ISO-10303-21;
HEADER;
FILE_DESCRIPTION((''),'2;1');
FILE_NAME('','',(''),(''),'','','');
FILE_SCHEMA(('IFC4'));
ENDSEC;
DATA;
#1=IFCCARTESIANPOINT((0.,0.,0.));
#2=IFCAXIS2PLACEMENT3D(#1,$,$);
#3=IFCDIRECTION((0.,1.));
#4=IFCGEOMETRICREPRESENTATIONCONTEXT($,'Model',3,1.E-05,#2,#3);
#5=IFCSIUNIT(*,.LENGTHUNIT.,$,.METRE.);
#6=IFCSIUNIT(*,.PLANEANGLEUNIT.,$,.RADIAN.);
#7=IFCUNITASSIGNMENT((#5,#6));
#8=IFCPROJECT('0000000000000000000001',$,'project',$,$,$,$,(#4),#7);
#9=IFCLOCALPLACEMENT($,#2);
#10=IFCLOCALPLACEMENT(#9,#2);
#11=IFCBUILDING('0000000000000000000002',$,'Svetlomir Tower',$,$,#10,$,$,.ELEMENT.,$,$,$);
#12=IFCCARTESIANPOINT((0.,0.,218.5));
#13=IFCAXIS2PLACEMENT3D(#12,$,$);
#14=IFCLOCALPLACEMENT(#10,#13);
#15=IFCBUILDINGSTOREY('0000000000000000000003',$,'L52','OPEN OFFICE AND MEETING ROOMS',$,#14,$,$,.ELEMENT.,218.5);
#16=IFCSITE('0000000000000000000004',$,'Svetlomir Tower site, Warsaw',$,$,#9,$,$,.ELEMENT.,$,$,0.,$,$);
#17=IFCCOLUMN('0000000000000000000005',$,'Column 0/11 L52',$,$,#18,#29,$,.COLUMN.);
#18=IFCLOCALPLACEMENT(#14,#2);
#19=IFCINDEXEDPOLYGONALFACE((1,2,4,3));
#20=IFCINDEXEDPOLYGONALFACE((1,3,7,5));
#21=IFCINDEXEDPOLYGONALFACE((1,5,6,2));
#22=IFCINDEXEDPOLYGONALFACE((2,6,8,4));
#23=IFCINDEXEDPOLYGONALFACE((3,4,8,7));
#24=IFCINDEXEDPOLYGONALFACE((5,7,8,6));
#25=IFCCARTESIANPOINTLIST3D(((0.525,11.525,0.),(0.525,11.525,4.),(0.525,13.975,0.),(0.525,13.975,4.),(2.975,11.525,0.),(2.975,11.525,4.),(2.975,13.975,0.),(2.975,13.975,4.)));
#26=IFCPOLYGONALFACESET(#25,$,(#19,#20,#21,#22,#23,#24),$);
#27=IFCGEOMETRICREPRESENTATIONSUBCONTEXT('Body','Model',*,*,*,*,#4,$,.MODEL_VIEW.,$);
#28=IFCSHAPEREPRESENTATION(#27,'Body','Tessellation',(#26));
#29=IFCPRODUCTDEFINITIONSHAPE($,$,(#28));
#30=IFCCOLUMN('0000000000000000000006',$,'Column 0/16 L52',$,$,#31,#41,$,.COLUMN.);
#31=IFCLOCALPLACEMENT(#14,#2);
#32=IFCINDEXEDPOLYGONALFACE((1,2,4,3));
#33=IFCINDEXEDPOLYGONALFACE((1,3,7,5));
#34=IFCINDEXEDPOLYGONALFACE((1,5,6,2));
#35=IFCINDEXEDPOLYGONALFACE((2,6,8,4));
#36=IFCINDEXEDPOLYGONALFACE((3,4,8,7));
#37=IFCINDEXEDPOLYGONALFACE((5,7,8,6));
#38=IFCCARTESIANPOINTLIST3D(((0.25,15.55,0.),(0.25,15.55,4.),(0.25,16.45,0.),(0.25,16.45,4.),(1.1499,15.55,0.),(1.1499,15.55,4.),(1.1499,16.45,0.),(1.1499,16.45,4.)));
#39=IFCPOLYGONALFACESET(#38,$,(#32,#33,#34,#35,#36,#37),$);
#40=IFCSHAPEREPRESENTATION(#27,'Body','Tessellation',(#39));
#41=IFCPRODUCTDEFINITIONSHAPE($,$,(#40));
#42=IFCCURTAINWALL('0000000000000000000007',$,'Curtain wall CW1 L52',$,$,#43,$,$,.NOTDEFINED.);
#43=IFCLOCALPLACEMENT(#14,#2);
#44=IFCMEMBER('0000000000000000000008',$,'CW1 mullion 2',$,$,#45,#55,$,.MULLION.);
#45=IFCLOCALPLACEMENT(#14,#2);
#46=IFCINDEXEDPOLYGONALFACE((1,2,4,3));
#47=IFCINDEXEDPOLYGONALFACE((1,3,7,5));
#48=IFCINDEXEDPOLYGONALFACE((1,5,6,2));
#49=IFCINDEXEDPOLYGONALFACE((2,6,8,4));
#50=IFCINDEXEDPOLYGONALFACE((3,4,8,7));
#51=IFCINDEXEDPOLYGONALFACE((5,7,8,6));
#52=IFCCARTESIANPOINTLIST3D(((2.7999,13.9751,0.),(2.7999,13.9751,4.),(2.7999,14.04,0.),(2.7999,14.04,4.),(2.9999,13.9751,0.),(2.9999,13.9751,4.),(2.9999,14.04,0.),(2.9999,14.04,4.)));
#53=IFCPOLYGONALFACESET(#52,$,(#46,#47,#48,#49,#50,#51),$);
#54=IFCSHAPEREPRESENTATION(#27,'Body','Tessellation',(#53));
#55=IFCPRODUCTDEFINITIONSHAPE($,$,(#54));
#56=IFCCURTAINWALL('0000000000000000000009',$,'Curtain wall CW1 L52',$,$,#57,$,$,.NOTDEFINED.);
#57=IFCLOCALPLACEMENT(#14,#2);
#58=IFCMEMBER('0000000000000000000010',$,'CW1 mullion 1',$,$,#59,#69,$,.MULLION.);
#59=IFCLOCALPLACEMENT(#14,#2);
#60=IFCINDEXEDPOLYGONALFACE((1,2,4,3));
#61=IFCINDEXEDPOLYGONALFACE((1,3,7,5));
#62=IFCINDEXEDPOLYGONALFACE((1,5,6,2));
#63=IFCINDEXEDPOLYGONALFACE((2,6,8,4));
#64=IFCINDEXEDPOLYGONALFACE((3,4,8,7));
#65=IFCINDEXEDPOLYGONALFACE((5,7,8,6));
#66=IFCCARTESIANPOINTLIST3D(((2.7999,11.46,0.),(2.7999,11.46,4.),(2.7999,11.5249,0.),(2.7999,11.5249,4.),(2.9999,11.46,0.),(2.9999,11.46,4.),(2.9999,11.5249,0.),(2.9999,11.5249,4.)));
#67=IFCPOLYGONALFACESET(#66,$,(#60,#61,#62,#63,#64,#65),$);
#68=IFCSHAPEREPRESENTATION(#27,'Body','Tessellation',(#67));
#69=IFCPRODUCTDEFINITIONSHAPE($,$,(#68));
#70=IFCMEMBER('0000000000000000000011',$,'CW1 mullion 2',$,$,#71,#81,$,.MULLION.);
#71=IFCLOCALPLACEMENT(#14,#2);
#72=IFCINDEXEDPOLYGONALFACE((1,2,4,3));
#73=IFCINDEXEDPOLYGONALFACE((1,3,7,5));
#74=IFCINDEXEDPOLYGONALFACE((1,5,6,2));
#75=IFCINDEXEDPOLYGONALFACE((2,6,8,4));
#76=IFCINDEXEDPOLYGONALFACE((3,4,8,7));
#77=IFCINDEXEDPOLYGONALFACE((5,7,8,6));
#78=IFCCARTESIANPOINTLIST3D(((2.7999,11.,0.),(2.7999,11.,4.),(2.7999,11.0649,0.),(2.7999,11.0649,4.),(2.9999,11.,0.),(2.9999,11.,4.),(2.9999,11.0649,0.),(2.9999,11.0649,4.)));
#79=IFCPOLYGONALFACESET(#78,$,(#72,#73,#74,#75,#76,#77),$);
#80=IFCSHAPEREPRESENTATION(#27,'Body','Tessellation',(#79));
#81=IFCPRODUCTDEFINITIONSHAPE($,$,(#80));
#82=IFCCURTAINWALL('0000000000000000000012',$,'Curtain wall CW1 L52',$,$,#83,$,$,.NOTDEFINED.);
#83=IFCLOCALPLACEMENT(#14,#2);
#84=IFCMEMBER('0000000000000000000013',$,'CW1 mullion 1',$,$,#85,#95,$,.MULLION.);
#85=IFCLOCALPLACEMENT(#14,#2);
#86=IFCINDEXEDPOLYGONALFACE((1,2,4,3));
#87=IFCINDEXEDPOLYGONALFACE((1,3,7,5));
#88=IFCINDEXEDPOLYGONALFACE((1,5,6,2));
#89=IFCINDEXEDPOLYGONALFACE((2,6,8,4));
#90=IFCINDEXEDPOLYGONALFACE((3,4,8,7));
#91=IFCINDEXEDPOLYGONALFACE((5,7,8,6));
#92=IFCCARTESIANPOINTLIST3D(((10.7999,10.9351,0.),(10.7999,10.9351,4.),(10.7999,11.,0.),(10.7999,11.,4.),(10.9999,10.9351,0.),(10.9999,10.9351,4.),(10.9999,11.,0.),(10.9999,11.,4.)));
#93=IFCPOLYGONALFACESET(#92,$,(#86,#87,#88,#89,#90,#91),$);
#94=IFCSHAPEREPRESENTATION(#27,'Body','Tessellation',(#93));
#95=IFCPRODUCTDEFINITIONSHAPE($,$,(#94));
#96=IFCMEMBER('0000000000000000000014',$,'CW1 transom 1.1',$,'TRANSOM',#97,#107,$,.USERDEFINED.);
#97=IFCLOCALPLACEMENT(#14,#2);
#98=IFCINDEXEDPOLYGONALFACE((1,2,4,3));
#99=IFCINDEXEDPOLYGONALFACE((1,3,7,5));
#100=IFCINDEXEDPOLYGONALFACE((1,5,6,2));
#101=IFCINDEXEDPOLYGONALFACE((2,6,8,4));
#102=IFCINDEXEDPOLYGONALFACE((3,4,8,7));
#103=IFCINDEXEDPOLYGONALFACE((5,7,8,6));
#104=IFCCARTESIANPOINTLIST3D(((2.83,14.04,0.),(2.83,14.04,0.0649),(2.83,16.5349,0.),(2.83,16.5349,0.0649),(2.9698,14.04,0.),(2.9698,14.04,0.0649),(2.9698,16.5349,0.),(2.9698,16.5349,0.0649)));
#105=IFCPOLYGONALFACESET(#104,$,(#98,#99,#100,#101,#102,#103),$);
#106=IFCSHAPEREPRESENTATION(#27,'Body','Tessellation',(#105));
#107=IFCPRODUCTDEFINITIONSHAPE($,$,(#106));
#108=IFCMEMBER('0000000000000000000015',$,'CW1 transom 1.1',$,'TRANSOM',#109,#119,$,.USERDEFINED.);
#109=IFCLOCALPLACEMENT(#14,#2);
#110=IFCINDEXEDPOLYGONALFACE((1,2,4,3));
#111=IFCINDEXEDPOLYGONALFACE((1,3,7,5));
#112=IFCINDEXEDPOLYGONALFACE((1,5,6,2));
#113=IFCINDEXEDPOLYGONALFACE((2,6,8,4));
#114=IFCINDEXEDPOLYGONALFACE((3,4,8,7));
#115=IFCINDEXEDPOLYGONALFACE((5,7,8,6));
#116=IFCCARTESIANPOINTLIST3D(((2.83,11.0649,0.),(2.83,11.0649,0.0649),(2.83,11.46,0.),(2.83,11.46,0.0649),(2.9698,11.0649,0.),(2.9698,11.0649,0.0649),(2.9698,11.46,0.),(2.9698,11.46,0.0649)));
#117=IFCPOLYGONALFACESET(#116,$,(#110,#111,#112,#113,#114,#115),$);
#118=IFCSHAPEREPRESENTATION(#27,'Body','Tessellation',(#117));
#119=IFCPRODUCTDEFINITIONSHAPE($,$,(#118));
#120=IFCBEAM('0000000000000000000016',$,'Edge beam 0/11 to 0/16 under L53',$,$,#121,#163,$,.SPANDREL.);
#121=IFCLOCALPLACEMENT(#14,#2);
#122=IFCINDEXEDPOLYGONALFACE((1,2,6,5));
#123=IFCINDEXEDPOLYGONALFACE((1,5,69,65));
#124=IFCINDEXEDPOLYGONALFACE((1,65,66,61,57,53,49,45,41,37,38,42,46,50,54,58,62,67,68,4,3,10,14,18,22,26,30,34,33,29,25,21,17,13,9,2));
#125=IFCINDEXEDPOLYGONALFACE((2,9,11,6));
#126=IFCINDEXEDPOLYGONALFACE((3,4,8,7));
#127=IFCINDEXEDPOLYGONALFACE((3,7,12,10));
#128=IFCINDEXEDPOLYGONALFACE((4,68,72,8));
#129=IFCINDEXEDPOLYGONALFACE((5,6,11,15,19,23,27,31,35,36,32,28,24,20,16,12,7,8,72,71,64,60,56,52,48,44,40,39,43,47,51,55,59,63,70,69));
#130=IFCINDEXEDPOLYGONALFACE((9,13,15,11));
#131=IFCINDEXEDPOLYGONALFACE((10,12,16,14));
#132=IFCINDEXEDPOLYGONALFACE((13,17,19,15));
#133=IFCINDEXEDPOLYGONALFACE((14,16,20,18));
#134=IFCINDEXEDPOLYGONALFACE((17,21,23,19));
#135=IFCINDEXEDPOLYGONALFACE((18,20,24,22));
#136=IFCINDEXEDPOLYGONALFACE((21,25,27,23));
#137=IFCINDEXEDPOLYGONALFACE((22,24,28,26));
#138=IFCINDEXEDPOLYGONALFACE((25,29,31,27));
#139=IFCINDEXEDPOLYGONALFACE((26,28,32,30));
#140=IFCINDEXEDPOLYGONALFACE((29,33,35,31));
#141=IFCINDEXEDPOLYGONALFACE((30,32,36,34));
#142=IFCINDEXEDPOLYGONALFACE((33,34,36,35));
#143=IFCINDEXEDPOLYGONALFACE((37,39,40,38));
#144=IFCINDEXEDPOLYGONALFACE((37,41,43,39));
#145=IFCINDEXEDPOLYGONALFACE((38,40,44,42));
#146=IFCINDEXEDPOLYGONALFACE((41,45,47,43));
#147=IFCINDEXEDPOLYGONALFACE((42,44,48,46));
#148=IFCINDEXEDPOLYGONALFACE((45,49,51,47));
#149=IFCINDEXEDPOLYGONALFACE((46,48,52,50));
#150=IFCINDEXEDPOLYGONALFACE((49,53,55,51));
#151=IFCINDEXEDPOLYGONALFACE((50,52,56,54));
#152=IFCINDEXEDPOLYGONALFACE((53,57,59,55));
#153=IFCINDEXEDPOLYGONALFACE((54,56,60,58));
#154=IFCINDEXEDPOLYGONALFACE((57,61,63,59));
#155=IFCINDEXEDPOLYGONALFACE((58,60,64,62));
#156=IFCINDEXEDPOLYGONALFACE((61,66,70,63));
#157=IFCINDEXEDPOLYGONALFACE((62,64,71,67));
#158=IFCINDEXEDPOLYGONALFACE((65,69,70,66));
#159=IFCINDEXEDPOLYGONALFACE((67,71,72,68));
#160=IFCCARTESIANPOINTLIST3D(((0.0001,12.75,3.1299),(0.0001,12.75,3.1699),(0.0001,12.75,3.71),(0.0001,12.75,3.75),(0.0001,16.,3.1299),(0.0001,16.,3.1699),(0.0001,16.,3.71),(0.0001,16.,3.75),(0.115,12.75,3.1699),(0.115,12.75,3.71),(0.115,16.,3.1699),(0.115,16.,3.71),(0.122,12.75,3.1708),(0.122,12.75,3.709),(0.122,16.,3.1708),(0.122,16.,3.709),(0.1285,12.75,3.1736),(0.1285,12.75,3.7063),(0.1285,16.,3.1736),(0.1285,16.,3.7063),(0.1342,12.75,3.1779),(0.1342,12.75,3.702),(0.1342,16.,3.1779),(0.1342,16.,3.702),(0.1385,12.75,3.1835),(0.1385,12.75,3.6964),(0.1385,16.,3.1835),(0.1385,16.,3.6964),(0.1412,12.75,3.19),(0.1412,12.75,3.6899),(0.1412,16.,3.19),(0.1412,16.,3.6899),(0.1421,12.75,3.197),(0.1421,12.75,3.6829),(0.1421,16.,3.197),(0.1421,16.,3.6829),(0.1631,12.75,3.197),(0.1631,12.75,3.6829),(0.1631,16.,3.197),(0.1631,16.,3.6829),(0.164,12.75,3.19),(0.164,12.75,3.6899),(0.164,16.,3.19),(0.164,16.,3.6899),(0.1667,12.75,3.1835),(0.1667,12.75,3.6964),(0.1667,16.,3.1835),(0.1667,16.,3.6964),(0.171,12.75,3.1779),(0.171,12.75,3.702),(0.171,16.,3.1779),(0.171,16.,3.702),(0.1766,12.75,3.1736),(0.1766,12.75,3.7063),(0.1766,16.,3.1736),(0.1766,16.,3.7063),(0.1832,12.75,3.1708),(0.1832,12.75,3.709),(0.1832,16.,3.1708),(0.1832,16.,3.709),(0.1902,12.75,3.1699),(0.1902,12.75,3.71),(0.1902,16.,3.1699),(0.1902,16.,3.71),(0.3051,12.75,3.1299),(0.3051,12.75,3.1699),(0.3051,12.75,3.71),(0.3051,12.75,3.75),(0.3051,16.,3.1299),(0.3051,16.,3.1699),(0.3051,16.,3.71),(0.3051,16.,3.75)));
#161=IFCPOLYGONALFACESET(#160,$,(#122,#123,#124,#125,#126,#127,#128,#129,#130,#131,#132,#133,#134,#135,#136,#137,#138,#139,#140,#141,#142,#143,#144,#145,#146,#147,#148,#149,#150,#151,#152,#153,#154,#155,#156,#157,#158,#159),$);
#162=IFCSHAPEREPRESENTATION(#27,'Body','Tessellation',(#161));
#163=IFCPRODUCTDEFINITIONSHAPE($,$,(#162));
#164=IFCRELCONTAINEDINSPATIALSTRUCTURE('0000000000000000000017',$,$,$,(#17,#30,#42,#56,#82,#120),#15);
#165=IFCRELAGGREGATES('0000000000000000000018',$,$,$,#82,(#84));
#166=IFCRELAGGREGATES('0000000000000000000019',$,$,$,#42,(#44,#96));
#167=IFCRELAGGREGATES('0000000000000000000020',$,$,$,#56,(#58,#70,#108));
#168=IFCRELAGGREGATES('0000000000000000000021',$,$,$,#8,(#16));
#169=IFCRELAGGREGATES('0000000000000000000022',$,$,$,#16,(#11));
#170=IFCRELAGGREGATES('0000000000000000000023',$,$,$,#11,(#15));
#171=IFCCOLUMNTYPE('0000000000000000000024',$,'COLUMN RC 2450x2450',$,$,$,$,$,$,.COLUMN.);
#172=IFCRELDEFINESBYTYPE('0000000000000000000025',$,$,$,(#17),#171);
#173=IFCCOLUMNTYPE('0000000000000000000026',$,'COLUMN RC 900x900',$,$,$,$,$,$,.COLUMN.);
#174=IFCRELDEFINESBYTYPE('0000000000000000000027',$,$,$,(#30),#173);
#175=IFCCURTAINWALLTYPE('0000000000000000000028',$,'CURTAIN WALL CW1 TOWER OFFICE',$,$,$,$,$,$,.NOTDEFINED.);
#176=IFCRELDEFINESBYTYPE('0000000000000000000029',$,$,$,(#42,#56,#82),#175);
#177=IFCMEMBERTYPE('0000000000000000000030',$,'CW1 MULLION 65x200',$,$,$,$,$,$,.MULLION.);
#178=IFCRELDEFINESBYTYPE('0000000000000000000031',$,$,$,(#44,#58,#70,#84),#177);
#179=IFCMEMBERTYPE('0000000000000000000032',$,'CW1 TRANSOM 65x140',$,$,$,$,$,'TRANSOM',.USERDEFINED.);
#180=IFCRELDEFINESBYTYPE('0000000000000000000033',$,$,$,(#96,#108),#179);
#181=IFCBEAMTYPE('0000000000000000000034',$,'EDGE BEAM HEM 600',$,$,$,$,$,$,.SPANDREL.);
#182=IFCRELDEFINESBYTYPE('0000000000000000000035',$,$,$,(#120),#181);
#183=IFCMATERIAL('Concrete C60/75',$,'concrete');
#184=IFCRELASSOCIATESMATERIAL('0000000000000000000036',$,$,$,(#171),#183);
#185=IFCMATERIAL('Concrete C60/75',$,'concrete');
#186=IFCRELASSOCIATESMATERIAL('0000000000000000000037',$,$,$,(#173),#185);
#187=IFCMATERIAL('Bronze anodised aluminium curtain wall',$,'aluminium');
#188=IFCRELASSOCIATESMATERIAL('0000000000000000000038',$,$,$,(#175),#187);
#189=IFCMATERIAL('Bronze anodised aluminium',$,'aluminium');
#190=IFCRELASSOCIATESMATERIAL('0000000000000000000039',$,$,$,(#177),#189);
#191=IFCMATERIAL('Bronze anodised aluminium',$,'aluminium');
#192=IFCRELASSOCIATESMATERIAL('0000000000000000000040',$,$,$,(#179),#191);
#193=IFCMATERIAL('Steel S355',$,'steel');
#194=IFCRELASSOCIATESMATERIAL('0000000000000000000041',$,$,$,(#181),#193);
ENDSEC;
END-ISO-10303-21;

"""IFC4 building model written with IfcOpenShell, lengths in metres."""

from ifc_helpers import new_model, si_unit, direction, frame, origin, origin_2d, place, context, subcontext, project, spatial, rectangle, i_section, extrude, material, material_profile, profile_set, type_object, element, aggregate, save


model = new_model("IFC4")

# Units and contexts
model_context = context("Model", 3, precision=1e-05, world=origin(), true_north=direction((0.0, 1.0)))
body_context = subcontext(model_context, "Body", "Model", "MODEL_VIEW")
ifc_project = project(units=[si_unit("LENGTHUNIT", "METRE"), si_unit("PLANEANGLEUNIT", "RADIAN")], contexts=[model_context])

# Site, building, storey
site_placement = place(None, origin())
site = spatial("IfcSite", under=ifc_project, at=site_placement, Name="Svetlomir Tower site, Warsaw", CompositionType="ELEMENT", RefElevation=0.0)
building_placement = place(site_placement, origin())
building = spatial("IfcBuilding", under=site, at=building_placement, Name="Svetlomir Tower", CompositionType="ELEMENT")
storey_placement = place(building_placement, frame((0.0, 0.0, 218.5)))
storey = spatial("IfcBuildingStorey", under=building, at=storey_placement, Name="L52", Description="OPEN OFFICE AND MEETING ROOMS", CompositionType="ELEMENT", Elevation=218.5)

# Columns
ifc_material_1 = material(Name="Concrete C60/75", Category="concrete")
ifc_material_profile_1 = material_profile(ifc_material_1, rectangle(XDim=2.45, YDim=2.45, at=origin_2d()), Name="RC 2450x2450")
ifc_profile_set_1 = profile_set([ifc_material_profile_1], Name="Concrete C60/75")
column_type_1 = type_object("IfcColumnType", Name="COLUMN RC 2450x2450", PredefinedType="COLUMN", material=ifc_profile_set_1)
column_1_placement = place(storey_placement, frame((1.75, 12.75, 0.0), z_axis=(0.0, 0.0, 1.0), x_axis=(1.0, 0.0, 0.0)))
element("IfcColumn", 1, at=column_1_placement, inside=storey, type_object=column_type_1, Name="Column 0/11 L52", PredefinedType="COLUMN", context=body_context, shape_type="SweptSolid", body=[
    extrude(rectangle(XDim=2.45, YDim=2.45, at=origin_2d()), origin(), (0.0, 0.0, 1.0), 4.0),
])
ifc_material_2 = material(Name="Concrete C60/75", Category="concrete")
ifc_material_profile_2 = material_profile(ifc_material_2, rectangle(XDim=0.8999, YDim=0.8999, at=origin_2d()), Name="RC 900x900")
ifc_profile_set_2 = profile_set([ifc_material_profile_2], Name="Concrete C60/75")
column_type_2 = type_object("IfcColumnType", Name="COLUMN RC 900x900", PredefinedType="COLUMN", material=ifc_profile_set_2)
column_2_placement = place(storey_placement, frame((0.7, 16.0, 0.0), z_axis=(0.0, 0.0, 1.0), x_axis=(1.0, 0.0, 0.0)))
element("IfcColumn", 2, at=column_2_placement, inside=storey, type_object=column_type_2, Name="Column 0/16 L52", PredefinedType="COLUMN", context=body_context, shape_type="SweptSolid", body=[
    extrude(rectangle(XDim=0.8999, YDim=0.8999, at=origin_2d()), origin(), (0.0, 0.0, 1.0), 4.0),
])

# Curtain wall, member
ifc_material_3 = material(Name="Bronze anodised aluminium curtain wall", Category="aluminium")
curtain_wall_type = type_object("IfcCurtainWallType", Name="CURTAIN WALL CW1 TOWER OFFICE", PredefinedType="NOTDEFINED", material=ifc_material_3)
curtain_wall_1_placement = place(storey_placement, origin())
curtain_wall_1 = element("IfcCurtainWall", 3, at=curtain_wall_1_placement, inside=storey, type_object=curtain_wall_type, Name="Curtain wall CW1 L52", PredefinedType="NOTDEFINED")
ifc_material_4 = material(Name="Bronze anodised aluminium", Category="aluminium")
ifc_material_profile_3 = material_profile(ifc_material_4, rectangle(XDim=0.0649, YDim=0.2, at=origin_2d()), Name="AL 65x200")
ifc_profile_set_3 = profile_set([ifc_material_profile_3], Name="Bronze anodised aluminium 6063-T6")
member_type_1 = type_object("IfcMemberType", Name="CW1 MULLION 65x200", PredefinedType="MULLION", material=ifc_profile_set_3)
member_1_placement = place(storey_placement, frame((2.8999, 14.0076, 0.0), z_axis=(0.0, 0.0, 1.0), x_axis=(0.0, -1.0, 0.0)))
member_1 = element("IfcMember", 4, at=member_1_placement, type_object=member_type_1, Name="CW1 mullion 2", PredefinedType="MULLION", context=body_context, shape_type="SweptSolid", body=[
    extrude(rectangle(XDim=0.0649, YDim=0.2, at=origin_2d()), origin(), (0.0, 0.0, 1.0), 4.0),
])

# Curtain wall, members
curtain_wall_2_placement = place(storey_placement, origin())
curtain_wall_2 = element("IfcCurtainWall", 5, at=curtain_wall_2_placement, inside=storey, type_object=curtain_wall_type, Name="Curtain wall CW1 L52", PredefinedType="NOTDEFINED")
member_2_placement = place(storey_placement, frame((2.8999, 11.4924, 0.0), z_axis=(0.0, 0.0, 1.0), x_axis=(0.0, -1.0, 0.0)))
member_2 = element("IfcMember", 6, at=member_2_placement, type_object=member_type_1, Name="CW1 mullion 1", PredefinedType="MULLION", context=body_context, shape_type="SweptSolid", body=[
    extrude(rectangle(XDim=0.0649, YDim=0.2, at=origin_2d()), origin(), (0.0, 0.0, 1.0), 4.0),
])
member_3_placement = place(storey_placement, frame((2.8999, 11.0325, 0.0), z_axis=(0.0, 0.0, 1.0), x_axis=(0.0, -1.0, 0.0)))
member_3 = element("IfcMember", 7, at=member_3_placement, type_object=member_type_1, Name="CW1 mullion 2", PredefinedType="MULLION", context=body_context, shape_type="SweptSolid", body=[
    extrude(rectangle(XDim=0.0649, YDim=0.2, at=origin_2d()), origin(), (0.0, 0.0, 1.0), 4.0),
])

# Curtain wall, member
curtain_wall_3_placement = place(storey_placement, origin())
curtain_wall_3 = element("IfcCurtainWall", 8, at=curtain_wall_3_placement, inside=storey, type_object=curtain_wall_type, Name="Curtain wall CW1 L52", PredefinedType="NOTDEFINED")
member_4_placement = place(storey_placement, frame((10.8999, 10.9675, 0.0), z_axis=(0.0, 0.0, 1.0), x_axis=(0.0, -1.0, 0.0)))
member_4 = element("IfcMember", 9, at=member_4_placement, type_object=member_type_1, Name="CW1 mullion 1", PredefinedType="MULLION", context=body_context, shape_type="SweptSolid", body=[
    extrude(rectangle(XDim=0.0649, YDim=0.2, at=origin_2d()), origin(), (0.0, 0.0, 1.0), 4.0),
])
aggregate(curtain_wall_3, [member_4])

# Members
ifc_material_5 = material(Name="Bronze anodised aluminium", Category="aluminium")
ifc_material_profile_4 = material_profile(ifc_material_5, rectangle(XDim=0.1399, YDim=0.0649, at=origin_2d()), Name="AL 140x65")
ifc_profile_set_4 = profile_set([ifc_material_profile_4], Name="Bronze anodised aluminium 6063-T6")
member_type_2 = type_object("IfcMemberType", Name="CW1 TRANSOM 65x140", ElementType="TRANSOM", PredefinedType="USERDEFINED", material=ifc_profile_set_4)
member_5_placement = place(storey_placement, frame((2.8999, 16.5349, 0.0325), z_axis=(0.0, -1.0, 0.0), x_axis=(1.0, 0.0, 0.0)))
member_5 = element("IfcMember", 10, at=member_5_placement, type_object=member_type_2, Name="CW1 transom 1.1", ObjectType="TRANSOM", PredefinedType="USERDEFINED", context=body_context, shape_type="SweptSolid", body=[
    extrude(rectangle(XDim=0.1399, YDim=0.0649, at=origin_2d()), origin(), (0.0, 0.0, 1.0), 2.4949),
])
member_6_placement = place(storey_placement, frame((2.8999, 11.46, 0.0325), z_axis=(0.0, -1.0, 0.0), x_axis=(1.0, 0.0, 0.0)))
member_6 = element("IfcMember", 11, at=member_6_placement, type_object=member_type_2, Name="CW1 transom 1.1", ObjectType="TRANSOM", PredefinedType="USERDEFINED", context=body_context, shape_type="SweptSolid", body=[
    extrude(rectangle(XDim=0.1399, YDim=0.0649, at=origin_2d()), origin(), (0.0, 0.0, 1.0), 0.395),
])

# Beam
ifc_material_6 = material(Name="Steel S355", Category="steel")
ifc_material_profile_5 = material_profile(ifc_material_6, i_section(OverallWidth=0.3049, OverallDepth=0.6201, WebThickness=0.021, FlangeThickness=0.04, FilletRadius=0.0271, at=origin_2d()), Name="HEM 600")
ifc_profile_set_5 = profile_set([ifc_material_profile_5], Name="Steel S355")
beam_type_1 = type_object("IfcBeamType", Name="EDGE BEAM HEM 600", PredefinedType="SPANDREL", material=ifc_profile_set_5)
beam_1_placement = place(storey_placement, frame((0.1526, 12.75, 3.4399), z_axis=(0.0, 1.0, 0.0), x_axis=(-1.0, 0.0, 0.0)))
element("IfcBeam", 12, at=beam_1_placement, inside=storey, type_object=beam_type_1, Name="Edge beam 0/11 to 0/16 under L53", PredefinedType="SPANDREL", context=body_context, shape_type="SweptSolid", body=[
    extrude(i_section(OverallWidth=0.3049, OverallDepth=0.6201, WebThickness=0.021, FlangeThickness=0.04, FilletRadius=0.0271, at=origin_2d()), origin(), (0.0, 0.0, 1.0), 3.25),
])

aggregate(curtain_wall_1, [member_1, member_5])
aggregate(curtain_wall_2, [member_2, member_3, member_6])

save(model, "model.ifc")
